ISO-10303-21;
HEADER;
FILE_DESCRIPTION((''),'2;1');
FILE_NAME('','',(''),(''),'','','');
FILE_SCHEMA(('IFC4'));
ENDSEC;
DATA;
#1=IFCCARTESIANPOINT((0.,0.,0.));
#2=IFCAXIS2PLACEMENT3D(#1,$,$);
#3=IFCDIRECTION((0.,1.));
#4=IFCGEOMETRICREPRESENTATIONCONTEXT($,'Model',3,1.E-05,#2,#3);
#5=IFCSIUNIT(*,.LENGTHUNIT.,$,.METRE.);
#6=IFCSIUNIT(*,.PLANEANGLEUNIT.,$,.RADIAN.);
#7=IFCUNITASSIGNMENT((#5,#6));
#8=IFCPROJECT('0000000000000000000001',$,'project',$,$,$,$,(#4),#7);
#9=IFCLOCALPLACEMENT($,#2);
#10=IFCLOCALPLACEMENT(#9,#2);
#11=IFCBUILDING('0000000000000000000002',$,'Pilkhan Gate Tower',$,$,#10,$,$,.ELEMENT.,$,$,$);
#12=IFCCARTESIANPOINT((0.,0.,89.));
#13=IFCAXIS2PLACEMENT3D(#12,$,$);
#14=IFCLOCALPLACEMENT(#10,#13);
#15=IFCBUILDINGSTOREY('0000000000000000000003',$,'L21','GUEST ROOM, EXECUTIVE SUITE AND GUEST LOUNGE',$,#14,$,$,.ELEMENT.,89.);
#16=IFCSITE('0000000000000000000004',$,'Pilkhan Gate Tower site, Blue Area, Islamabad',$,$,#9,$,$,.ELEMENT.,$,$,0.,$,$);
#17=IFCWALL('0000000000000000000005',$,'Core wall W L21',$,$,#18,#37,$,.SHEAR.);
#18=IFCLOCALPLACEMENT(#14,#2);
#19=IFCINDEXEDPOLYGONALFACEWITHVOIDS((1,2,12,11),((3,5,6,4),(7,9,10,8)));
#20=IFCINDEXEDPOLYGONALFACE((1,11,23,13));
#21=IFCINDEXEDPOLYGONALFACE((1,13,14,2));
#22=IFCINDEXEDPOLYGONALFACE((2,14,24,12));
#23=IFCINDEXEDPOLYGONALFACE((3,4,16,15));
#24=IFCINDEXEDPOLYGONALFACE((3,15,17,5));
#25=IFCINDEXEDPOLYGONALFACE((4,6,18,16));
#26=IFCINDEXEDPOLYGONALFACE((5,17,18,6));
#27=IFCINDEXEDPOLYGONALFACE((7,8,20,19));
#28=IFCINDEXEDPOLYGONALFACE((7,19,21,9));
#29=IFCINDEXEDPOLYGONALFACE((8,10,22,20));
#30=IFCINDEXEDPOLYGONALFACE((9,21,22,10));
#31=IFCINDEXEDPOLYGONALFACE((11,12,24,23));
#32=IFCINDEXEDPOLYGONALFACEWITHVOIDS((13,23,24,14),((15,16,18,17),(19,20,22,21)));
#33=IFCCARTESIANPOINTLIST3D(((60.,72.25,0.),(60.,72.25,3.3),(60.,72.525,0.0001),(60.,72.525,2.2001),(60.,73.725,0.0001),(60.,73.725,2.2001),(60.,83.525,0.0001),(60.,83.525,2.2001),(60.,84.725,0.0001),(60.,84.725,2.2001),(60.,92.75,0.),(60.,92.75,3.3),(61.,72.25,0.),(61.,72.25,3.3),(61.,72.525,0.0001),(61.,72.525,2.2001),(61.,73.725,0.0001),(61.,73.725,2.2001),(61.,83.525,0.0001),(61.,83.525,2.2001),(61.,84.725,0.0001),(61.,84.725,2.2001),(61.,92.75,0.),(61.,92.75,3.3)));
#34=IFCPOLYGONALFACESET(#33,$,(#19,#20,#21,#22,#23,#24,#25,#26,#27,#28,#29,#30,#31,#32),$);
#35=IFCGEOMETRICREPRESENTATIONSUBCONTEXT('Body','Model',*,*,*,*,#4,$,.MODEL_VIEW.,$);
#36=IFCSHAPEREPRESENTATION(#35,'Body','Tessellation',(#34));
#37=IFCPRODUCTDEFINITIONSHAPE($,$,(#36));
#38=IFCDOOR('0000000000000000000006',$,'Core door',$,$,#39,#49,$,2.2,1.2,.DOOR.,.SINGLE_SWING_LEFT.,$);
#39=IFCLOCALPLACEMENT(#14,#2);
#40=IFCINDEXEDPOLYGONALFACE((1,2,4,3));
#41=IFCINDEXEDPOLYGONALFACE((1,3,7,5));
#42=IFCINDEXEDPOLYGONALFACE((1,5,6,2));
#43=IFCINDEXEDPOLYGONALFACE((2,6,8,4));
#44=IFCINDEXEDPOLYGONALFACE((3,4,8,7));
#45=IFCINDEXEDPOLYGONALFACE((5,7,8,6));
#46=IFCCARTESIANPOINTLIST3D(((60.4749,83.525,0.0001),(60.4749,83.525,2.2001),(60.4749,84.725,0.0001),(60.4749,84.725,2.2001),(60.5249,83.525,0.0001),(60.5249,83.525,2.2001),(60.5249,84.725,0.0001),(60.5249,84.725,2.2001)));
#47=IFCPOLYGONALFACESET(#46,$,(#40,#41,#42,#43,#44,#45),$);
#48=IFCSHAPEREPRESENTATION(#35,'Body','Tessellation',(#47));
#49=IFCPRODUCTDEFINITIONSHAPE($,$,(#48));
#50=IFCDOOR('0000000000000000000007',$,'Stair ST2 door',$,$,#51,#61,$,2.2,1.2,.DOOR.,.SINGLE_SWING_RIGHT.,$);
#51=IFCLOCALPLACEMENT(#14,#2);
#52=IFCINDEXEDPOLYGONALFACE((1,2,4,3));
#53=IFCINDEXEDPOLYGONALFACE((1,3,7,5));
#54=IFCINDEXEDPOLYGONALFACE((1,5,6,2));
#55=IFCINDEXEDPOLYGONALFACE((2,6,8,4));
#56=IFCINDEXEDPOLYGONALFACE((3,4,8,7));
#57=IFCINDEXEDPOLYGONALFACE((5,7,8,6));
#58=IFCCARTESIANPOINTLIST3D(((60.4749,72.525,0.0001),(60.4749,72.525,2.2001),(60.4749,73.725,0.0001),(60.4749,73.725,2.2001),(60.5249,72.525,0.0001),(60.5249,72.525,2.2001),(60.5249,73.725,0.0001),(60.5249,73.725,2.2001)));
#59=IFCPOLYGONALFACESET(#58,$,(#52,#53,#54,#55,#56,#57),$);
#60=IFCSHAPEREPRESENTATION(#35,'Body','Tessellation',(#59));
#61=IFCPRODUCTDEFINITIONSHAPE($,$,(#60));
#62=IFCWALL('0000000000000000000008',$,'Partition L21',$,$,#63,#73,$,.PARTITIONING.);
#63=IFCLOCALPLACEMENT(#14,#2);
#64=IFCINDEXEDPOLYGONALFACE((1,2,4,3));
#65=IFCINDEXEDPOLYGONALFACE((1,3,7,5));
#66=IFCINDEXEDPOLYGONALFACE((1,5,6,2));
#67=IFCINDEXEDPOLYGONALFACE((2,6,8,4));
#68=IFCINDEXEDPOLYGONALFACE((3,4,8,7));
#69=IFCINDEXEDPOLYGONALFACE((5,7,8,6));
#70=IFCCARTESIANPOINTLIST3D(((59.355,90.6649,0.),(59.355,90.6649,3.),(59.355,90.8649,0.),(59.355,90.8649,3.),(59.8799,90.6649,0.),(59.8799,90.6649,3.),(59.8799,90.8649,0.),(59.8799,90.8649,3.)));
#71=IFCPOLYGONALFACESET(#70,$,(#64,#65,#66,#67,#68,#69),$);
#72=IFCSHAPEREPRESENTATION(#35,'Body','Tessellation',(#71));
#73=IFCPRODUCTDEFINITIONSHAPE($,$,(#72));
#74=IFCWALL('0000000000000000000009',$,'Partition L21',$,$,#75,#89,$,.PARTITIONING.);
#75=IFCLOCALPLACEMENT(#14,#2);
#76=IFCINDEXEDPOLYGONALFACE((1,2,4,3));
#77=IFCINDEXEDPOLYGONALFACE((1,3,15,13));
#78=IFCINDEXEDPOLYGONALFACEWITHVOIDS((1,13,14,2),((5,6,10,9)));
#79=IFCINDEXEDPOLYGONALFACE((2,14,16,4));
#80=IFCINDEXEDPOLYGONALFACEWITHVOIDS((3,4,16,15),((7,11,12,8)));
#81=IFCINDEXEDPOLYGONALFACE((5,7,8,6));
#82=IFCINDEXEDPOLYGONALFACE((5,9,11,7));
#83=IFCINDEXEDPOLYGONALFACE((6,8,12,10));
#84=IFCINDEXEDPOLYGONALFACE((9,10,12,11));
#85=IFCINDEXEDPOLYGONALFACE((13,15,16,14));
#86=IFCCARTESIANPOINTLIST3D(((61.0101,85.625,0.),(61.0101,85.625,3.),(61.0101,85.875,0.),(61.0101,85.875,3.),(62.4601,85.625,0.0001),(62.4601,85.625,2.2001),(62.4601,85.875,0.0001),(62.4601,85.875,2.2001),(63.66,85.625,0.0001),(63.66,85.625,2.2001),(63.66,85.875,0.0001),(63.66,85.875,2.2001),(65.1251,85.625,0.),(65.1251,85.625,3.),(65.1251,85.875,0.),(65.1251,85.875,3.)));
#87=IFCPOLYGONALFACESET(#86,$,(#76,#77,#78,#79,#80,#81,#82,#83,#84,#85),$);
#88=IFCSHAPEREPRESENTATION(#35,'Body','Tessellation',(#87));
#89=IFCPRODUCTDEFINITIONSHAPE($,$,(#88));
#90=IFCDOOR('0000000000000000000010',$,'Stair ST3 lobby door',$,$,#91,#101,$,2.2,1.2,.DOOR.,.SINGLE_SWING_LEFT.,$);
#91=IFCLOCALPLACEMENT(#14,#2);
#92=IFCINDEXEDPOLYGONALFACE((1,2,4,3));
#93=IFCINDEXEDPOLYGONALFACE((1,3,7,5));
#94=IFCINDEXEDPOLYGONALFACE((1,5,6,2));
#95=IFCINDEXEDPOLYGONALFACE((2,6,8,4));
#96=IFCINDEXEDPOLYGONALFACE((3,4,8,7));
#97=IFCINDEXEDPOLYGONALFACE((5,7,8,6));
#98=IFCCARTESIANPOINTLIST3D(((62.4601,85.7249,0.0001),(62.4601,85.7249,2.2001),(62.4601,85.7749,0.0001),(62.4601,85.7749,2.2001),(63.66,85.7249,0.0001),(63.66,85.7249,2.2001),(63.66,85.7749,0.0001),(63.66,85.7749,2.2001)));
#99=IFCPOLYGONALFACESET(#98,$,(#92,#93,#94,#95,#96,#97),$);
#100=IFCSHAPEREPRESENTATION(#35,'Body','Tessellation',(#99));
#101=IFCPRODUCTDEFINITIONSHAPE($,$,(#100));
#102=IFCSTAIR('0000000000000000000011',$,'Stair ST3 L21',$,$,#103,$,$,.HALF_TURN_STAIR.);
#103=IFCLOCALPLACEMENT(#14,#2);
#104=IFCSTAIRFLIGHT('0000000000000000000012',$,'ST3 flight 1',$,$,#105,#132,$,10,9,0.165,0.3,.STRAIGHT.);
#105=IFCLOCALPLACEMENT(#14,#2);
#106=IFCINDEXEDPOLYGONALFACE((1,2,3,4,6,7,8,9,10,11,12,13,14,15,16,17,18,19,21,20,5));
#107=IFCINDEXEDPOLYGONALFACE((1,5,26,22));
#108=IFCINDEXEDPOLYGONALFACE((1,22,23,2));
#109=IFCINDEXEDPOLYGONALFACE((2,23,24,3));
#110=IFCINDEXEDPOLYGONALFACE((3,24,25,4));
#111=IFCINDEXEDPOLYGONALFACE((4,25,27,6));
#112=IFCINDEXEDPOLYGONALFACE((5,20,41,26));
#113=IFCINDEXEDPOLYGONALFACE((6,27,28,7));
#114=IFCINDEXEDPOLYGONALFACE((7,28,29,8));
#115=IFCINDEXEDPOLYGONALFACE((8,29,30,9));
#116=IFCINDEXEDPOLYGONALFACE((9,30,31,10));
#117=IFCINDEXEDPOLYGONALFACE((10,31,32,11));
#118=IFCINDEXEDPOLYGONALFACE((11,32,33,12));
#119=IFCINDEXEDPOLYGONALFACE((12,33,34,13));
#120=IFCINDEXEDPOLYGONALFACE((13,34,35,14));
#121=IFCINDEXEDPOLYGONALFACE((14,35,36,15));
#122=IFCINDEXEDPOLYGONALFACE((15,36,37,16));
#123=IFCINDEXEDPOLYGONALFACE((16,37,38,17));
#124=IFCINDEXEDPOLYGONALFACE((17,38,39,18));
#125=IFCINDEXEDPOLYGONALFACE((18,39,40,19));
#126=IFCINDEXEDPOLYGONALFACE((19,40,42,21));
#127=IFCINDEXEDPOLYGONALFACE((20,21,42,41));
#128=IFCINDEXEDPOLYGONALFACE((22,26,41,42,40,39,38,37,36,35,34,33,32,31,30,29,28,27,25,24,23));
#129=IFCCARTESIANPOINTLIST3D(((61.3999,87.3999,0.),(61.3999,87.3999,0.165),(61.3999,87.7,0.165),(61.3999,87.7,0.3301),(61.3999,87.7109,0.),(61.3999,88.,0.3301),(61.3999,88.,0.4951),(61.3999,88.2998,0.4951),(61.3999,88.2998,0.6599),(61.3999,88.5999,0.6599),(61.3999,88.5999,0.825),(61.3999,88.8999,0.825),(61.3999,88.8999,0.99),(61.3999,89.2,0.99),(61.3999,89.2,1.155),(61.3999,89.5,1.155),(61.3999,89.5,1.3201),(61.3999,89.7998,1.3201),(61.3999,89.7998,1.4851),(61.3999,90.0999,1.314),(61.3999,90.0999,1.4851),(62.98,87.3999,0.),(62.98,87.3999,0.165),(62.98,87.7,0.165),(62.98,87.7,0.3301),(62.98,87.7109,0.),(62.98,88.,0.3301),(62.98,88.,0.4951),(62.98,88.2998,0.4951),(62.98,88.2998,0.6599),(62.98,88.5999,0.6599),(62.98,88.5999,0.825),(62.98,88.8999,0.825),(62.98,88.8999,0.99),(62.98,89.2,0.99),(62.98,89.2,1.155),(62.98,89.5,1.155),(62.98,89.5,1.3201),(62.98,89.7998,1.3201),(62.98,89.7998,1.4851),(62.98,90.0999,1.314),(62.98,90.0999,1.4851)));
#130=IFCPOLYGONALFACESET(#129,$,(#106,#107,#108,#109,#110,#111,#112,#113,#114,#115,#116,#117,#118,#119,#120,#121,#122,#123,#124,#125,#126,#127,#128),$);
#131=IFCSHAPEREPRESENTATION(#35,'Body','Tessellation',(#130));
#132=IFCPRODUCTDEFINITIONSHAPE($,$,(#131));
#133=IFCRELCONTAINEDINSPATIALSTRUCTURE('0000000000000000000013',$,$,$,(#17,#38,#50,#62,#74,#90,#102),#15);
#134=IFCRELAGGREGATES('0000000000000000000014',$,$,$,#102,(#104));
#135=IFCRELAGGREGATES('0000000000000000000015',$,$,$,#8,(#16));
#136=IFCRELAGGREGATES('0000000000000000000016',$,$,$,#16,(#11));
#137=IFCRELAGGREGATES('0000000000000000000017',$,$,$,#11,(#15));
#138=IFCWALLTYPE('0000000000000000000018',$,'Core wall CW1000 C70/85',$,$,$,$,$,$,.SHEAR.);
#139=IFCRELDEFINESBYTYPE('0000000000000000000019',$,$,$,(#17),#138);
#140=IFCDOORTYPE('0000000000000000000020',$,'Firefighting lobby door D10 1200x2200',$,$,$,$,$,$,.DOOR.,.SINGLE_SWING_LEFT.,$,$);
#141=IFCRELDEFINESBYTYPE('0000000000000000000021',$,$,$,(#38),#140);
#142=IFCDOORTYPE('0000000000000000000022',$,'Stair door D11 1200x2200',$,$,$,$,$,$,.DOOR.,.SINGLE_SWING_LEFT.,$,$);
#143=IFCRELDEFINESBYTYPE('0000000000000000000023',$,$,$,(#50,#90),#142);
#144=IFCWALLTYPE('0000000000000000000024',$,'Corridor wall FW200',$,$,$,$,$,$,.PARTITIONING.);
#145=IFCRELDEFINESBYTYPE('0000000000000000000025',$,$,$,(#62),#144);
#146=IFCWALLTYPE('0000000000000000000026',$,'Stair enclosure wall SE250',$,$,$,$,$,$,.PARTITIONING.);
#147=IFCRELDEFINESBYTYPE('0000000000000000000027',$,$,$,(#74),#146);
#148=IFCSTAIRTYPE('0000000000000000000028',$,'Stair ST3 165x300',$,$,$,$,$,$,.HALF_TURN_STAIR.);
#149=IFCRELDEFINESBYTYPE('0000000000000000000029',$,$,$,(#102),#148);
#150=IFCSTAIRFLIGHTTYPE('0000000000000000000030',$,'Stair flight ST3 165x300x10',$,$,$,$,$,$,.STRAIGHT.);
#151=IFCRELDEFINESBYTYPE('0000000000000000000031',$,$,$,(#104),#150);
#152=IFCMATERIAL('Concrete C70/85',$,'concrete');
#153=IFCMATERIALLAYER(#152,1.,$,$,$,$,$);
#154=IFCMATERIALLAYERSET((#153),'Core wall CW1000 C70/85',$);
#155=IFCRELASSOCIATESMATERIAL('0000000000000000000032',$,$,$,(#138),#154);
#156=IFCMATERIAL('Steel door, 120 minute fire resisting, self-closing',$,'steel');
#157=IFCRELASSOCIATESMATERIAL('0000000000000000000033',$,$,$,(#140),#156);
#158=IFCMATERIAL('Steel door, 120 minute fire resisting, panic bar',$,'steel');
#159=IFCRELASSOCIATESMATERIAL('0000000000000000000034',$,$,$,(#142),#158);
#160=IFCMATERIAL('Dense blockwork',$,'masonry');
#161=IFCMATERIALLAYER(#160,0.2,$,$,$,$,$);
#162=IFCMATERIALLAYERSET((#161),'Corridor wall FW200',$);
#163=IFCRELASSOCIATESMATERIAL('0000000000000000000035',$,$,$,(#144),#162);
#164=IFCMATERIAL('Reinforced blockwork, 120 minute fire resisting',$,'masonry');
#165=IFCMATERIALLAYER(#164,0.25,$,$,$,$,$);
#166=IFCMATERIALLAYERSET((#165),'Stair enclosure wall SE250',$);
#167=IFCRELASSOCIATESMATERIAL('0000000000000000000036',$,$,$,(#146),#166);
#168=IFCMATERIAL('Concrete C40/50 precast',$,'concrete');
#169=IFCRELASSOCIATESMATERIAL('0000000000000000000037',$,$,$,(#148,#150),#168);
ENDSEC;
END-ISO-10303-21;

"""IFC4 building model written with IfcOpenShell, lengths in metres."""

from ifc_helpers import new_model, si_unit, direction, frame, frame_2d, origin, place, context, subcontext, project, spatial, polyline, rectangle, outline, extrude, material, layer, layer_set, type_object, element, fill, aggregate, save


model = new_model("IFC4")

# Units and contexts
model_context = context("Model", 3, precision=1e-05, world=origin(), true_north=direction((0.0, 1.0)))
body_context = subcontext(model_context, "Body", "Model", "MODEL_VIEW")
ifc_project = project(units=[si_unit("LENGTHUNIT", "METRE"), si_unit("PLANEANGLEUNIT", "RADIAN")], contexts=[model_context])

# Site, building, storey
site_placement = place(None, origin())
site = spatial("IfcSite", under=ifc_project, at=site_placement, Name="Pilkhan Gate Tower site, Blue Area, Islamabad", CompositionType="ELEMENT", RefElevation=0.0)
building_placement = place(site_placement, origin())
building = spatial("IfcBuilding", under=site, at=building_placement, Name="Pilkhan Gate Tower", CompositionType="ELEMENT")
storey_placement = place(building_placement, frame((0.0, 0.0, 89.0)))
storey = spatial("IfcBuildingStorey", under=building, at=storey_placement, Name="L21", Description="GUEST ROOM, EXECUTIVE SUITE AND GUEST LOUNGE", CompositionType="ELEMENT", Elevation=89.0)

# Wall, openings, doors
ifc_material_1 = material(Name="Concrete C70/85", Category="concrete")
ifc_layer_1 = layer(ifc_material_1, 1.0)
ifc_layer_set_1 = layer_set([ifc_layer_1], Name="Core wall CW1000 C70/85")
wall_type_1 = type_object("IfcWallType", Name="Core wall CW1000 C70/85", PredefinedType="SHEAR", material=ifc_layer_set_1)
wall_1_placement = place(storey_placement, frame((60.5, 92.75, 0.0), z_axis=(0.0, 0.0, 1.0), x_axis=(0.0, -1.0, 0.0)))
wall_1 = element("IfcWall", 1, at=wall_1_placement, inside=storey, type_object=wall_type_1, Name="Core wall W L21", PredefinedType="SHEAR", context=body_context, shape_type="SweptSolid", body=[
    extrude(rectangle(XDim=20.5, YDim=1.0, at=frame_2d((10.25, 0.0))), origin(), (0.0, 0.0, 1.0), 3.3),
])
opening_1_placement = place(wall_1_placement, frame((19.0249, 0.0, 0.0)))
opening_1 = element("IfcOpeningElement", 2, at=opening_1_placement, cuts=wall_1, PredefinedType="OPENING", context=body_context, shape_type="SweptSolid", body=[
    extrude(rectangle(XDim=1.2, YDim=2.2, at=frame_2d((0.6001, 1.1001))), frame((0.0, 0.51, 0.0), z_axis=(0.0, -1.0, 0.0), x_axis=(1.0, 0.0, 0.0)), (0.0, 0.0, 1.0), 1.02),
])
opening_2_placement = place(wall_1_placement, frame((8.0249, 0.0, 0.0)))
opening_2 = element("IfcOpeningElement", 3, at=opening_2_placement, cuts=wall_1, PredefinedType="OPENING", context=body_context, shape_type="SweptSolid", body=[
    extrude(rectangle(XDim=1.2, YDim=2.2, at=frame_2d((0.6001, 1.1001))), frame((0.0, 0.51, 0.0), z_axis=(0.0, -1.0, 0.0), x_axis=(1.0, 0.0, 0.0)), (0.0, 0.0, 1.0), 1.02),
])
ifc_material_2 = material(Name="Steel door, 120 minute fire resisting, self-closing", Category="steel")
door_type_1 = type_object("IfcDoorType", Name="Firefighting lobby door D10 1200x2200", OperationType="SINGLE_SWING_LEFT", PredefinedType="DOOR", material=ifc_material_2)
door_1_placement = place(opening_2_placement, origin())
door_1 = element("IfcDoor", 4, at=door_1_placement, inside=storey, type_object=door_type_1, Name="Core door", OperationType="SINGLE_SWING_LEFT", OverallHeight=2.2, OverallWidth=1.2, PredefinedType="DOOR", context=body_context, shape_type="SweptSolid", body=[
    extrude(rectangle(XDim=1.2, YDim=2.2, at=frame_2d((0.6001, 1.1001))), frame((0.0, 0.0249, 0.0), z_axis=(0.0, -1.0, 0.0), x_axis=(1.0, 0.0, 0.0)), (0.0, 0.0, 1.0), 0.05),
])
fill(opening_2, door_1)
ifc_material_3 = material(Name="Steel door, 120 minute fire resisting, panic bar", Category="steel")
door_type_2 = type_object("IfcDoorType", Name="Stair door D11 1200x2200", OperationType="SINGLE_SWING_LEFT", PredefinedType="DOOR", material=ifc_material_3)
door_2_placement = place(opening_1_placement, origin())
door_2 = element("IfcDoor", 5, at=door_2_placement, inside=storey, type_object=door_type_2, Name="Stair ST2 door", OperationType="SINGLE_SWING_RIGHT", OverallHeight=2.2, OverallWidth=1.2, PredefinedType="DOOR", context=body_context, shape_type="SweptSolid", body=[
    extrude(rectangle(XDim=1.2, YDim=2.2, at=frame_2d((0.6001, 1.1001))), frame((0.0, 0.0249, 0.0), z_axis=(0.0, -1.0, 0.0), x_axis=(1.0, 0.0, 0.0)), (0.0, 0.0, 1.0), 0.05),
])
fill(opening_1, door_2)

# Wall
ifc_material_4 = material(Name="Dense blockwork", Category="masonry")
ifc_layer_2 = layer(ifc_material_4, 0.2)
ifc_layer_set_2 = layer_set([ifc_layer_2], Name="Corridor wall FW200")
wall_type_2 = type_object("IfcWallType", Name="Corridor wall FW200", PredefinedType="PARTITIONING", material=ifc_layer_set_2)
wall_2_placement = place(storey_placement, frame((59.355, 90.7649, 0.0), z_axis=(0.0, 0.0, 1.0), x_axis=(1.0, 0.0, 0.0)))
element("IfcWall", 6, at=wall_2_placement, inside=storey, type_object=wall_type_2, Name="Partition L21", PredefinedType="PARTITIONING", context=body_context, shape_type="SweptSolid", body=[
    extrude(rectangle(XDim=0.5249, YDim=0.2, at=frame_2d((0.2625, 0.0))), origin(), (0.0, 0.0, 1.0), 3.0),
])

# Wall, opening, door
ifc_material_5 = material(Name="Reinforced blockwork, 120 minute fire resisting", Category="masonry")
ifc_layer_3 = layer(ifc_material_5, 0.25)
ifc_layer_set_3 = layer_set([ifc_layer_3], Name="Stair enclosure wall SE250")
wall_type_3 = type_object("IfcWallType", Name="Stair enclosure wall SE250", PredefinedType="PARTITIONING", material=ifc_layer_set_3)
wall_3_placement = place(storey_placement, frame((61.01, 85.75, 0.0), z_axis=(0.0, 0.0, 1.0), x_axis=(1.0, 0.0, 0.0)))
wall_3 = element("IfcWall", 7, at=wall_3_placement, inside=storey, type_object=wall_type_3, Name="Partition L21", PredefinedType="PARTITIONING", context=body_context, shape_type="SweptSolid", body=[
    extrude(rectangle(XDim=4.115, YDim=0.25, at=frame_2d((2.0576, 0.0))), origin(), (0.0, 0.0, 1.0), 3.0),
])
opening_3_placement = place(wall_3_placement, frame((1.45, 0.0, 0.0)))
opening_3 = element("IfcOpeningElement", 8, at=opening_3_placement, cuts=wall_3, PredefinedType="OPENING", context=body_context, shape_type="SweptSolid", body=[
    extrude(rectangle(XDim=1.2, YDim=2.2, at=frame_2d((0.6001, 1.1001))), frame((0.0, 0.135, 0.0), z_axis=(0.0, -1.0, 0.0), x_axis=(1.0, 0.0, 0.0)), (0.0, 0.0, 1.0), 0.27),
])
door_3_placement = place(opening_3_placement, origin())
door_3 = element("IfcDoor", 9, at=door_3_placement, inside=storey, type_object=door_type_2, Name="Stair ST3 lobby door", OperationType="SINGLE_SWING_LEFT", OverallHeight=2.2, OverallWidth=1.2, PredefinedType="DOOR", context=body_context, shape_type="SweptSolid", body=[
    extrude(rectangle(XDim=1.2, YDim=2.2, at=frame_2d((0.6001, 1.1001))), frame((0.0, 0.0249, 0.0), z_axis=(0.0, -1.0, 0.0), x_axis=(1.0, 0.0, 0.0)), (0.0, 0.0, 1.0), 0.05),
])
fill(opening_3, door_3)

# Stair, stair flight
ifc_material_6 = material(Name="Concrete C40/50 precast", Category="concrete")
stair_type = type_object("IfcStairType", Name="Stair ST3 165x300", PredefinedType="HALF_TURN_STAIR", material=ifc_material_6)
stair_placement = place(storey_placement, origin())
stair = element("IfcStair", 10, at=stair_placement, inside=storey, type_object=stair_type, Name="Stair ST3 L21", PredefinedType="HALF_TURN_STAIR")
stair_flight_type = type_object("IfcStairFlightType", Name="Stair flight ST3 165x300x10", PredefinedType="STRAIGHT", material=ifc_material_6)
stair_flight_placement = place(storey_placement, frame((62.1899, 87.3999, 0.0), z_axis=(0.0, 0.0, 1.0), x_axis=(0.0, 1.0, 0.0)))
stair_flight = element("IfcStairFlight", 11, at=stair_flight_placement, type_object=stair_flight_type, Name="ST3 flight 1", NumberOfRisers=10, NumberOfTreads=9, PredefinedType="STRAIGHT", RiserHeight=0.165, TreadLength=0.3, context=body_context, shape_type="SweptSolid", body=[
    extrude(outline(polyline([(0.0, 0.0), (0.0, 0.165), (0.3, 0.165), (0.3, 0.3301), (0.6001, 0.3301), (0.6001, 0.4951), (0.8999, 0.4951), (0.8999, 0.6599), (1.2, 0.6599), (1.2, 0.825), (1.5, 0.825), (1.5, 0.99), (1.8, 0.99), (1.8, 1.155), (2.1001, 1.155), (2.1001, 1.3201), (2.3999, 1.3201), (2.3999, 1.4851), (2.7, 1.4851), (2.7, 1.6499), (2.7, 1.314), (0.311, 0.0), (0.0, 0.0)])), frame((0.0, 0.79, 0.0), z_axis=(0.0, -1.0, 0.0), x_axis=(1.0, 0.0, 0.0)), (0.0, 0.0, 1.0), 1.5801),
])
aggregate(stair, [stair_flight])

save(model, "model.ifc")
